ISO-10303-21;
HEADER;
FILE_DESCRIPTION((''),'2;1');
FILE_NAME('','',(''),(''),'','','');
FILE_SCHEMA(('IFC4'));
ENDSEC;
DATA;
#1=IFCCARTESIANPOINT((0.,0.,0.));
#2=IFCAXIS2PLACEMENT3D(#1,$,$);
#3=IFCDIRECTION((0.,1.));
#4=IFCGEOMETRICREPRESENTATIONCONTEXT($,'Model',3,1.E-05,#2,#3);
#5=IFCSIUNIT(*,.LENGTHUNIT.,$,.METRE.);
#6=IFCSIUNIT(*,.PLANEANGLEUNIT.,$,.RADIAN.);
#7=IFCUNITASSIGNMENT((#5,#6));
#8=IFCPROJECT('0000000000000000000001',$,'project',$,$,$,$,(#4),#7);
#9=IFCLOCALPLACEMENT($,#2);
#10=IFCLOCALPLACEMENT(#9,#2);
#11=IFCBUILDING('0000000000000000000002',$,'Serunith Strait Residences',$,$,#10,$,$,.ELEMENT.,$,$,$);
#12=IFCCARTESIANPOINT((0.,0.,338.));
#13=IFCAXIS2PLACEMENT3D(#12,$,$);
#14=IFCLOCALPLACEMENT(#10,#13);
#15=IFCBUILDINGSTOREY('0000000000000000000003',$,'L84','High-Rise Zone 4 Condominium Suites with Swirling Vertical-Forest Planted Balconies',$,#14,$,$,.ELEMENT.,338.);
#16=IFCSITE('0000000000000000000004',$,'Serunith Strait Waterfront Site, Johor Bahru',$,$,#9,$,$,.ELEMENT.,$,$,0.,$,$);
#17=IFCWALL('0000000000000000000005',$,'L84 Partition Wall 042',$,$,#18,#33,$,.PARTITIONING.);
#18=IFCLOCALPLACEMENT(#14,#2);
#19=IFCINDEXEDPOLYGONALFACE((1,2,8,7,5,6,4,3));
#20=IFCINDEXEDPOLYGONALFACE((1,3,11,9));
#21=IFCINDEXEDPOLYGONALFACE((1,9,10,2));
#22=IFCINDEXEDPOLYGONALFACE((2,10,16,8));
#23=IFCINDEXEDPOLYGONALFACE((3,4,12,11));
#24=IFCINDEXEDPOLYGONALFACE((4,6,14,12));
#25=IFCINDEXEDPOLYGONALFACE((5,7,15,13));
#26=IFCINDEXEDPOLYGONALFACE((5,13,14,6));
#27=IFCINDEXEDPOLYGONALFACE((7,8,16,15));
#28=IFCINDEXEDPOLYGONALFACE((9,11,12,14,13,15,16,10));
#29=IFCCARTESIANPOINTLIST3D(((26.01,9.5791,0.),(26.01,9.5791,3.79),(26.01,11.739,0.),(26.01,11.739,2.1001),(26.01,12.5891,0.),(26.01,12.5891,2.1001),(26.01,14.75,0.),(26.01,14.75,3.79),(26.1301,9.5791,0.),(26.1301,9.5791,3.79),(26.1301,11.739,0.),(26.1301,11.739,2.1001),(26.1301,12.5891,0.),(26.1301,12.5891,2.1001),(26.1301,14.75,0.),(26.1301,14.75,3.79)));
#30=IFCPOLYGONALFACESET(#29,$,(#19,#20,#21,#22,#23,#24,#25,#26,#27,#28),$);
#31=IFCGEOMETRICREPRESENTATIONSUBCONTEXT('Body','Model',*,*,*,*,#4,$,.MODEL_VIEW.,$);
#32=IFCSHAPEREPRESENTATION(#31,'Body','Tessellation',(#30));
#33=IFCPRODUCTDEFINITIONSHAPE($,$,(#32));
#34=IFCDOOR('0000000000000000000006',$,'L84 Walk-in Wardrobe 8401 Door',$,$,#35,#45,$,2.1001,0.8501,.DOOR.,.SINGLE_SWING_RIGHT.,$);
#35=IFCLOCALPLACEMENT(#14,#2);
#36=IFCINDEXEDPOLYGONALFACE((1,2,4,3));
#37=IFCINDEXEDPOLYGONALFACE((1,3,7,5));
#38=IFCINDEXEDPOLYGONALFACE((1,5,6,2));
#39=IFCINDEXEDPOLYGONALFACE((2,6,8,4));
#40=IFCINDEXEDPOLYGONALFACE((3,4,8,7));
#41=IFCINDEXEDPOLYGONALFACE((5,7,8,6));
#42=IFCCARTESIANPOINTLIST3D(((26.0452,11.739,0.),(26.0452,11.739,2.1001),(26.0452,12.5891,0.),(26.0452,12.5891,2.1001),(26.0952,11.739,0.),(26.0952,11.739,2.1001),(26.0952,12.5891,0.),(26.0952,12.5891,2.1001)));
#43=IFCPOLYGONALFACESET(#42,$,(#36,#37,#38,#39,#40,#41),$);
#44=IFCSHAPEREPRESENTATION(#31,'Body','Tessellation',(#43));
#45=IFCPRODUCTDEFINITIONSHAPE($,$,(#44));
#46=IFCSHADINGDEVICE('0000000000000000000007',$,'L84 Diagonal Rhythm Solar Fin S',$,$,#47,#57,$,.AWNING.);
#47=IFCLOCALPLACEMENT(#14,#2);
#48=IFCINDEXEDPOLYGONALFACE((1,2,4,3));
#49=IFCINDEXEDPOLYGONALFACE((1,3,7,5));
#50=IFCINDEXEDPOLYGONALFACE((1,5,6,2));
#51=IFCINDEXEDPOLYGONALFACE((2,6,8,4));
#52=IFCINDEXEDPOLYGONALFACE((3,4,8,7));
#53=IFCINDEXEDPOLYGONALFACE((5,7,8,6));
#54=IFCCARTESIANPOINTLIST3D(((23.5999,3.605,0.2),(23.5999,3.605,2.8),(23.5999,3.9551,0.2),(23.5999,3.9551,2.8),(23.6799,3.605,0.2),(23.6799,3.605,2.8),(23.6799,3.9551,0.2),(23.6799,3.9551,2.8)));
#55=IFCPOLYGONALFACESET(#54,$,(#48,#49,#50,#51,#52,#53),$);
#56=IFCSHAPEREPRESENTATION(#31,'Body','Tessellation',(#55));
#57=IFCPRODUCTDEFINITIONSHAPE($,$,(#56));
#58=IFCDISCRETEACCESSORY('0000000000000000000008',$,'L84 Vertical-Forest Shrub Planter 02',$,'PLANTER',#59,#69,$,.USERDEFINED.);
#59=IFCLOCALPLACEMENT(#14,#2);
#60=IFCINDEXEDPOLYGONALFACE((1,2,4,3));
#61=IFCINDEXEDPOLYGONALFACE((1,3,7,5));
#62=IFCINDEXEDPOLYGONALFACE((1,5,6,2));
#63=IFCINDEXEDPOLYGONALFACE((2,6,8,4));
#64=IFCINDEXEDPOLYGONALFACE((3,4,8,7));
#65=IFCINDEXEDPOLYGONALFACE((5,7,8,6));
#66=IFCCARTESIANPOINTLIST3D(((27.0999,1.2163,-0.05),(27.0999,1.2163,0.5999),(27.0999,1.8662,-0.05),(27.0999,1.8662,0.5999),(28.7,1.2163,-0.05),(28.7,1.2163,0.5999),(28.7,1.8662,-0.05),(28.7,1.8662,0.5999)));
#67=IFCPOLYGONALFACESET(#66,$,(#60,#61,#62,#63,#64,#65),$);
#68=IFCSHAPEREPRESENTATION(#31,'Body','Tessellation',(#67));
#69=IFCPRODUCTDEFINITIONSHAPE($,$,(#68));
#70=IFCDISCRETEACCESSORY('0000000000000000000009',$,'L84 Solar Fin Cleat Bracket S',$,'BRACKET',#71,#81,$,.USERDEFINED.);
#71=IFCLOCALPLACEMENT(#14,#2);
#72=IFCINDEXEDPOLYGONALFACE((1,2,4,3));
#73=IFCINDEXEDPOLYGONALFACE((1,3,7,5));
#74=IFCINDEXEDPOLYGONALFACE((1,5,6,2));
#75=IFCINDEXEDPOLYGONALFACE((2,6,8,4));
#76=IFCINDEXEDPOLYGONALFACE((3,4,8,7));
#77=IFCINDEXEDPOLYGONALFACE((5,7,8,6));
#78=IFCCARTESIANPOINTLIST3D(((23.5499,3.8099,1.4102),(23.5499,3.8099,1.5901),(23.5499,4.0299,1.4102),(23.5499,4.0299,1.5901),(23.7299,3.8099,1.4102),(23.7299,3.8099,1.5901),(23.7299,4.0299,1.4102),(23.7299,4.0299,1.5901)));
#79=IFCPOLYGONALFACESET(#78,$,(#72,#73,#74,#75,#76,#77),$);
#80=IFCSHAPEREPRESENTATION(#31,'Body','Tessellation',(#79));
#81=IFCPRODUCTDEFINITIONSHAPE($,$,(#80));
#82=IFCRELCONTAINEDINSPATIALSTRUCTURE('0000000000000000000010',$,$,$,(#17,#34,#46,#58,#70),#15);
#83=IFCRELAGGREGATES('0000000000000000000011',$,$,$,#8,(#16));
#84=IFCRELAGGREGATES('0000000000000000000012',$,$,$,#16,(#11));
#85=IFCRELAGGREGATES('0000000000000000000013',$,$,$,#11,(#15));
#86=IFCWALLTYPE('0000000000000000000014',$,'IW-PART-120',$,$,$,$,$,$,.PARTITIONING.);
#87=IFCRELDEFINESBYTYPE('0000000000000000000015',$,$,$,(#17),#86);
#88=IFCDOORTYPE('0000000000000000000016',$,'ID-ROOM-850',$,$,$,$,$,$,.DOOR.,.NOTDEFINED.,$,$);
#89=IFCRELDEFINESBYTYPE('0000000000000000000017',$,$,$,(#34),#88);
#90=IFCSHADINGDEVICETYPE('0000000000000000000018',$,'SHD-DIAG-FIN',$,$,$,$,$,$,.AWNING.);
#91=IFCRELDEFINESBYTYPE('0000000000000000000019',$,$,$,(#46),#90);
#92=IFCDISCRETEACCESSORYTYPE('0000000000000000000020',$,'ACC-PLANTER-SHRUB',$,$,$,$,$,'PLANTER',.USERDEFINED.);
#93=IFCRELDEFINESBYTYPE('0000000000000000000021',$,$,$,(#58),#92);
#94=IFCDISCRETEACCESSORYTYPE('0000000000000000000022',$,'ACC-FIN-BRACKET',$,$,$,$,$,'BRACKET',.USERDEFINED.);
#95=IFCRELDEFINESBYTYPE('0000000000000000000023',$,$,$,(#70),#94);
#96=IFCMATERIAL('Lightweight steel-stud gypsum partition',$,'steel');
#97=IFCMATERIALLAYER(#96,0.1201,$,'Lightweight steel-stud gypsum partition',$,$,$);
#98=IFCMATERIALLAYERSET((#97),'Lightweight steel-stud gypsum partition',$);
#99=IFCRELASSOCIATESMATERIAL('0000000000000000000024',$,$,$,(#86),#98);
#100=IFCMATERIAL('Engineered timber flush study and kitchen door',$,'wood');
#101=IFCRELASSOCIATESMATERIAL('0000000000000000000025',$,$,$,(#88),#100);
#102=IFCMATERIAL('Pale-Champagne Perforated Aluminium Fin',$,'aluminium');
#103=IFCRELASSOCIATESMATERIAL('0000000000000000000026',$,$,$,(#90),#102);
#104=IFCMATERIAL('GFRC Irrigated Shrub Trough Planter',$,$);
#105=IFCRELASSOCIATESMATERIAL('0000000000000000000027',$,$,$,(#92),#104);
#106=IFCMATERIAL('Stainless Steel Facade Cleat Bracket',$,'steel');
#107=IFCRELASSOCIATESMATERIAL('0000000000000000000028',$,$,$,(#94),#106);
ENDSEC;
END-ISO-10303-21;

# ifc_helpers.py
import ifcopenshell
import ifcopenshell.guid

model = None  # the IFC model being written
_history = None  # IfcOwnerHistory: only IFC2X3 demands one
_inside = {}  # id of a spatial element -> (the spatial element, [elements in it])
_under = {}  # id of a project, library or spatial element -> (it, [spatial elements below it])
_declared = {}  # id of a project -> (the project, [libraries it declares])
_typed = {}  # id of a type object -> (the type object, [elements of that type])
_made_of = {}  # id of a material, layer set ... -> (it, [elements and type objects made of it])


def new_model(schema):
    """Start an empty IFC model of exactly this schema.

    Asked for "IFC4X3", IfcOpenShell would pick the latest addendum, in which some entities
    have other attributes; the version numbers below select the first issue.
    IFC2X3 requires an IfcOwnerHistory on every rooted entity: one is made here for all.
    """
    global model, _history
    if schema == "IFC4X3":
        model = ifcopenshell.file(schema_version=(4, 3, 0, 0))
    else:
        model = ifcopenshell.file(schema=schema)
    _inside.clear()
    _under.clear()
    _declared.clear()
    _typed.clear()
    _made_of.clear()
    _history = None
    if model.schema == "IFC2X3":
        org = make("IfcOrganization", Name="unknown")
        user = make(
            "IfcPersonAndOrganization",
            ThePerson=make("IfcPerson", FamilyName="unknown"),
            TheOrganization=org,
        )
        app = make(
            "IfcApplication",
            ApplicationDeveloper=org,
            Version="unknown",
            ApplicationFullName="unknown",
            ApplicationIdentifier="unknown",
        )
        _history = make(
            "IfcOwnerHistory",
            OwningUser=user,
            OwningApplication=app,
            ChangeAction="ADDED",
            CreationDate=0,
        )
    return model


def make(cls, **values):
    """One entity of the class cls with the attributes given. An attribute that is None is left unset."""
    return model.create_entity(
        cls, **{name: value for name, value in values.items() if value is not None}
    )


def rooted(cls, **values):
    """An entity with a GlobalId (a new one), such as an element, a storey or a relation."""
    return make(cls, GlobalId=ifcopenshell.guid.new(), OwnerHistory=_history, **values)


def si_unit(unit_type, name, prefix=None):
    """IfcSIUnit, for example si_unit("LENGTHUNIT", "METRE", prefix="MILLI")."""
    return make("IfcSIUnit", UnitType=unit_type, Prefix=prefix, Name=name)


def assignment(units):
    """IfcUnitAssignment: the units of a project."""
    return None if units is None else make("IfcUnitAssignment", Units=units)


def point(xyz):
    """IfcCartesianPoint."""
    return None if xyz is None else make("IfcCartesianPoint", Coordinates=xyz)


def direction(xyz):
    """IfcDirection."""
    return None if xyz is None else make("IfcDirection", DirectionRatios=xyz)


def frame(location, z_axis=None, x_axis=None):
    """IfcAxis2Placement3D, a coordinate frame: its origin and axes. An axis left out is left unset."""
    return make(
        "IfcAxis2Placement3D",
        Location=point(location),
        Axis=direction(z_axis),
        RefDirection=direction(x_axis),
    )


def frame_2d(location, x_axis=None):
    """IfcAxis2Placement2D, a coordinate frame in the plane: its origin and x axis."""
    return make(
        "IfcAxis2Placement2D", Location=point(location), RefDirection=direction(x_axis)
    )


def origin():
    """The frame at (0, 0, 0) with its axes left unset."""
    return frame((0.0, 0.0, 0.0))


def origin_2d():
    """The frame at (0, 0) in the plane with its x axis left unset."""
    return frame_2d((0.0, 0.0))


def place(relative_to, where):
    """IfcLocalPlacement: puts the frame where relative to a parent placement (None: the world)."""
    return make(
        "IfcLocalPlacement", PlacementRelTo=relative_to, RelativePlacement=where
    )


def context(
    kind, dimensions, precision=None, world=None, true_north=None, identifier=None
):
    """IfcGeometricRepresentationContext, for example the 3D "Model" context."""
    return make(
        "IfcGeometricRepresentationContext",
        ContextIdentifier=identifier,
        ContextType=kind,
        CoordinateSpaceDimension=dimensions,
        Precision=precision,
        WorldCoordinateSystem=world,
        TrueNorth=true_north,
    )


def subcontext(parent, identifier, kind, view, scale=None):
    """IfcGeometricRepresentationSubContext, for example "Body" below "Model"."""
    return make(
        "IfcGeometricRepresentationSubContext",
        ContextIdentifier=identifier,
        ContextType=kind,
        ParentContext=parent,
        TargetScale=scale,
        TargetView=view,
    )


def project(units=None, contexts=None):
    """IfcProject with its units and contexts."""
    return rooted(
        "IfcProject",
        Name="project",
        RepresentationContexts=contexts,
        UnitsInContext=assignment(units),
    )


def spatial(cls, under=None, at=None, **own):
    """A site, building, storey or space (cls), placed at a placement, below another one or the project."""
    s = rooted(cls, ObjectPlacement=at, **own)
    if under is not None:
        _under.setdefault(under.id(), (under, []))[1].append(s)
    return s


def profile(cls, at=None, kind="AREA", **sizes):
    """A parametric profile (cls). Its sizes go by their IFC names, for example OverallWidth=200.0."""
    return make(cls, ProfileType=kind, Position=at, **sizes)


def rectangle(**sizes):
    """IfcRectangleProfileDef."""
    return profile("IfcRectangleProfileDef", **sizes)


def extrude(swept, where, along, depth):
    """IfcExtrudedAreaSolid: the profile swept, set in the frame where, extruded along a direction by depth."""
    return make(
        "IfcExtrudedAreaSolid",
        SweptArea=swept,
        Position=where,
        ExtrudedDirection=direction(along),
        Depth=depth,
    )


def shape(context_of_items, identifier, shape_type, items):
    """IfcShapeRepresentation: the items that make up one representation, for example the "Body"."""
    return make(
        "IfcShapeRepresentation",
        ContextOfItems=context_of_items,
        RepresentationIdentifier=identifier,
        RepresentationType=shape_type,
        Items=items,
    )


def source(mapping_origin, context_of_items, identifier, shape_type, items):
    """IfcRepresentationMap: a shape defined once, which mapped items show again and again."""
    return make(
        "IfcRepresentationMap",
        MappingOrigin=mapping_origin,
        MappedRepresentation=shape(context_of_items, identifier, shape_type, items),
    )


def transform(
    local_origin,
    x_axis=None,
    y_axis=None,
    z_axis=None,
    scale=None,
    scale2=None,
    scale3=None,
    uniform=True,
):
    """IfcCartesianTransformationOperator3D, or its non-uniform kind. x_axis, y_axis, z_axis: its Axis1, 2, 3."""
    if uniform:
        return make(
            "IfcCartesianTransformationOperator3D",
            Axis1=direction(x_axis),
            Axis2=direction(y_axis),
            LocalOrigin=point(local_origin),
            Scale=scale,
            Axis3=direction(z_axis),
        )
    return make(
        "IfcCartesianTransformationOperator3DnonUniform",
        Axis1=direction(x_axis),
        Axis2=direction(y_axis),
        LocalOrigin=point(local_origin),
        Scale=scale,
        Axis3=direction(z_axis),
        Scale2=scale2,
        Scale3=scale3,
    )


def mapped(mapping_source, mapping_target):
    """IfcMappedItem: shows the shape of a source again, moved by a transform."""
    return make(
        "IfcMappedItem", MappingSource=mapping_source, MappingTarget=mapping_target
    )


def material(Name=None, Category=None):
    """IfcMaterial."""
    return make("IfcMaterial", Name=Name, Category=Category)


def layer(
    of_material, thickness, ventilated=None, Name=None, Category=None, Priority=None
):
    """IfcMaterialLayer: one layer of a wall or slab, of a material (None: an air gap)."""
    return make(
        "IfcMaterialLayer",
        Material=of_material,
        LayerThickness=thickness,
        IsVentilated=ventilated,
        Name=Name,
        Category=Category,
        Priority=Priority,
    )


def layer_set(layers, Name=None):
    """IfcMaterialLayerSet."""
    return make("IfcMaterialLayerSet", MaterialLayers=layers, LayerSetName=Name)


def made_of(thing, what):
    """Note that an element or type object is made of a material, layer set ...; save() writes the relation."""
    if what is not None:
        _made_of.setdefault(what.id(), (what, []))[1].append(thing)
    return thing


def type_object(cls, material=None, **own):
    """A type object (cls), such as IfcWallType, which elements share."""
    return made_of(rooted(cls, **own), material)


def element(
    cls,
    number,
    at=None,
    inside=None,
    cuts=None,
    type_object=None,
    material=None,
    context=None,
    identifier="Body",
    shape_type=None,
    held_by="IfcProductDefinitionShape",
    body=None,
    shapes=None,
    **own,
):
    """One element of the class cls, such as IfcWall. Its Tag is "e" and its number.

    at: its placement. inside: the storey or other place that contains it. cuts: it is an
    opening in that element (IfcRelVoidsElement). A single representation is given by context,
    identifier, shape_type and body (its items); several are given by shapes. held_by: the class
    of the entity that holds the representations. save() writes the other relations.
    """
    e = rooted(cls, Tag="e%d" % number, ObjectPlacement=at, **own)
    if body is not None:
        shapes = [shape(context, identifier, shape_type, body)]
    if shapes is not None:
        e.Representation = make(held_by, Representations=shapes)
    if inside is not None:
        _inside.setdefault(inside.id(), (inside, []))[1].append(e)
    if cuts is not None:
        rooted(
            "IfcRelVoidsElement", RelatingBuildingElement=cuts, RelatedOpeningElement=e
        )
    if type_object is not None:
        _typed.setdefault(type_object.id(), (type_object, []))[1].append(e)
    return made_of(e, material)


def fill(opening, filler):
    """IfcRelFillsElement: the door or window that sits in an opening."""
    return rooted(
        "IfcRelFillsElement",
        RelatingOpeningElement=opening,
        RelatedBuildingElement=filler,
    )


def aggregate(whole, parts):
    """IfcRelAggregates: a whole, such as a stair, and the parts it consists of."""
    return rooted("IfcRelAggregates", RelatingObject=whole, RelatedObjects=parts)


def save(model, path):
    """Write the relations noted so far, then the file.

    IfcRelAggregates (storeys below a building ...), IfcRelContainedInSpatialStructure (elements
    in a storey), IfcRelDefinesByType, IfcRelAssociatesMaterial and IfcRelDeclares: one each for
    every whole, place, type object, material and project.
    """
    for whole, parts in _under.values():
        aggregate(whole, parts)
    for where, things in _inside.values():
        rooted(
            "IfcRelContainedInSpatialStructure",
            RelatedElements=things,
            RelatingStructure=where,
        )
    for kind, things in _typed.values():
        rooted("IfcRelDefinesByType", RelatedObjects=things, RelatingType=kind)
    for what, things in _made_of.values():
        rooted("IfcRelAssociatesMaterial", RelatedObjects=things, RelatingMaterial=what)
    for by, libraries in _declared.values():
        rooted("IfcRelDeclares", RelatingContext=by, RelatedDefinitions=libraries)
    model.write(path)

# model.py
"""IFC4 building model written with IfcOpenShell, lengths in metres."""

from ifc_helpers import new_model, si_unit, direction, frame, frame_2d, origin, origin_2d, place, context, subcontext, project, spatial, rectangle, extrude, source, transform, mapped, material, layer, layer_set, type_object, element, fill, save


model = new_model("IFC4")

# Units and contexts
model_context = context("Model", 3, precision=1e-05, world=origin(), true_north=direction((0.0, 1.0)))
body_context = subcontext(model_context, "Body", "Model", "MODEL_VIEW")
ifc_project = project(units=[si_unit("LENGTHUNIT", "METRE"), si_unit("PLANEANGLEUNIT", "RADIAN")], contexts=[model_context])

# Site, building, storey
site_placement = place(None, origin())
site = spatial("IfcSite", under=ifc_project, at=site_placement, Name="Serunith Strait Waterfront Site, Johor Bahru", CompositionType="ELEMENT", RefElevation=0.0)
building_placement = place(site_placement, origin())
building = spatial("IfcBuilding", under=site, at=building_placement, Name="Serunith Strait Residences", CompositionType="ELEMENT")
storey_placement = place(building_placement, frame((0.0, 0.0, 338.0)))
storey = spatial("IfcBuildingStorey", under=building, at=storey_placement, Name="L84", Description="High-Rise Zone 4 Condominium Suites with Swirling Vertical-Forest Planted Balconies", CompositionType="ELEMENT", Elevation=338.0)

# Shared definitions
ifc_material_1 = material(Name="Lightweight steel-stud gypsum partition", Category="steel")
ifc_layer_1 = layer(ifc_material_1, 0.1201, Name="Lightweight steel-stud gypsum partition")
ifc_layer_set_1 = layer_set([ifc_layer_1], Name="Lightweight steel-stud gypsum partition")
wall_type = type_object("IfcWallType", Name="IW-PART-120", PredefinedType="PARTITIONING", material=ifc_layer_set_1)
ifc_material_2 = material(Name="Engineered timber flush study and kitchen door", Category="wood")
door_type_1 = type_object("IfcDoorType", Name="ID-ROOM-850", OperationType="NOTDEFINED", PredefinedType="DOOR", material=ifc_material_2)
shared_shape_1 = source(origin(), body_context, "Body", "SweptSolid", [
    extrude(rectangle(XDim=0.8501, YDim=2.1001, at=frame_2d((0.425, 1.05))), frame((0.0, 0.0249, 0.0), z_axis=(0.0, -1.0, 0.0), x_axis=(1.0, 0.0, 0.0)), (0.0, 0.0, 1.0), 0.05),
])

# Wall, opening, door
wall_1_placement = place(storey_placement, frame((26.0701, 9.5791, 0.0), z_axis=(0.0, 0.0, 1.0), x_axis=(0.0, 1.0, 0.0)))
wall_1 = element("IfcWall", 1, at=wall_1_placement, inside=storey, type_object=wall_type, Name="L84 Partition Wall 042", PredefinedType="PARTITIONING", context=body_context, shape_type="SweptSolid", body=[
    extrude(rectangle(XDim=5.1709, YDim=0.1201, at=frame_2d((2.5854, 0.0))), origin(), (0.0, 0.0, 1.0), 3.79),
])
opening_1_placement = place(wall_1_placement, frame((2.1599, 0.0, 0.0)))
opening_1 = element("IfcOpeningElement", 2, at=opening_1_placement, cuts=wall_1, PredefinedType="OPENING", context=body_context, shape_type="SweptSolid", body=[
    extrude(rectangle(XDim=0.8501, YDim=2.1001, at=frame_2d((0.425, 1.05))), frame((0.0, 0.0701, 0.0), z_axis=(0.0, -1.0, 0.0), x_axis=(1.0, 0.0, 0.0)), (0.0, 0.0, 1.0), 0.1401),
])
door_1_placement = place(opening_1_placement, origin())
door_1 = element("IfcDoor", 3, at=door_1_placement, inside=storey, type_object=door_type_1, Name="L84 Walk-in Wardrobe 8401 Door", OperationType="SINGLE_SWING_RIGHT", OverallHeight=2.1001, OverallWidth=0.8501, PredefinedType="DOOR", context=body_context, shape_type="MappedRepresentation", body=[
    mapped(shared_shape_1, transform((0.0, 0.0, 0.0), scale=1.0)),
])
fill(opening_1, door_1)

# Shading device
ifc_material_3 = material(Name="Pale-Champagne Perforated Aluminium Fin", Category="aluminium")
shading_device_type = type_object("IfcShadingDeviceType", Name="SHD-DIAG-FIN", PredefinedType="AWNING", material=ifc_material_3)
shared_shape_2 = source(origin(), body_context, "Body", "SweptSolid", [
    extrude(rectangle(XDim=0.0801, YDim=0.3501, at=origin_2d()), origin(), (0.0, 0.0, 1.0), 2.6001),
])
shading_device_placement = place(storey_placement, frame((23.6399, 3.78, 0.2), z_axis=(0.0, 0.0, 1.0), x_axis=(1.0, 0.0, 0.0)))
element("IfcShadingDevice", 4, at=shading_device_placement, inside=storey, type_object=shading_device_type, Name="L84 Diagonal Rhythm Solar Fin S", PredefinedType="AWNING", context=body_context, shape_type="MappedRepresentation", body=[
    mapped(shared_shape_2, transform((0.0, 0.0, 0.0), scale=1.0)),
])

# Discrete accessories
ifc_material_4 = material(Name="GFRC Irrigated Shrub Trough Planter")
discrete_accessory_type_1 = type_object("IfcDiscreteAccessoryType", Name="ACC-PLANTER-SHRUB", ElementType="PLANTER", PredefinedType="USERDEFINED", material=ifc_material_4)
shared_shape_3 = source(origin(), body_context, "Body", "SweptSolid", [
    extrude(rectangle(XDim=1.6001, YDim=0.6499, at=origin_2d()), origin(), (0.0, 0.0, 1.0), 0.6499),
])
discrete_accessory_1_placement = place(storey_placement, frame((27.8999, 1.5413, -0.05), z_axis=(0.0, 0.0, 1.0), x_axis=(1.0, 0.0, 0.0)))
element("IfcDiscreteAccessory", 5, at=discrete_accessory_1_placement, inside=storey, type_object=discrete_accessory_type_1, Name="L84 Vertical-Forest Shrub Planter 02", ObjectType="PLANTER", PredefinedType="USERDEFINED", context=body_context, shape_type="MappedRepresentation", body=[
    mapped(shared_shape_3, transform((0.0, 0.0, 0.0), scale=1.0)),
])
ifc_material_5 = material(Name="Stainless Steel Facade Cleat Bracket", Category="steel")
discrete_accessory_type_2 = type_object("IfcDiscreteAccessoryType", Name="ACC-FIN-BRACKET", ElementType="BRACKET", PredefinedType="USERDEFINED", material=ifc_material_5)
shared_shape_4 = source(origin(), body_context, "Body", "SweptSolid", [
    extrude(rectangle(XDim=0.1799, YDim=0.22, at=origin_2d()), origin(), (0.0, 0.0, 1.0), 0.1799),
])
discrete_accessory_2_placement = place(storey_placement, frame((23.6399, 3.9199, 1.4102), z_axis=(0.0, 0.0, 1.0), x_axis=(1.0, 0.0, 0.0)))
element("IfcDiscreteAccessory", 6, at=discrete_accessory_2_placement, inside=storey, type_object=discrete_accessory_type_2, Name="L84 Solar Fin Cleat Bracket S", ObjectType="BRACKET", PredefinedType="USERDEFINED", context=body_context, shape_type="MappedRepresentation", body=[
    mapped(shared_shape_4, transform((0.0, 0.0, 0.0), scale=1.0)),
])

save(model, "model.ifc")
